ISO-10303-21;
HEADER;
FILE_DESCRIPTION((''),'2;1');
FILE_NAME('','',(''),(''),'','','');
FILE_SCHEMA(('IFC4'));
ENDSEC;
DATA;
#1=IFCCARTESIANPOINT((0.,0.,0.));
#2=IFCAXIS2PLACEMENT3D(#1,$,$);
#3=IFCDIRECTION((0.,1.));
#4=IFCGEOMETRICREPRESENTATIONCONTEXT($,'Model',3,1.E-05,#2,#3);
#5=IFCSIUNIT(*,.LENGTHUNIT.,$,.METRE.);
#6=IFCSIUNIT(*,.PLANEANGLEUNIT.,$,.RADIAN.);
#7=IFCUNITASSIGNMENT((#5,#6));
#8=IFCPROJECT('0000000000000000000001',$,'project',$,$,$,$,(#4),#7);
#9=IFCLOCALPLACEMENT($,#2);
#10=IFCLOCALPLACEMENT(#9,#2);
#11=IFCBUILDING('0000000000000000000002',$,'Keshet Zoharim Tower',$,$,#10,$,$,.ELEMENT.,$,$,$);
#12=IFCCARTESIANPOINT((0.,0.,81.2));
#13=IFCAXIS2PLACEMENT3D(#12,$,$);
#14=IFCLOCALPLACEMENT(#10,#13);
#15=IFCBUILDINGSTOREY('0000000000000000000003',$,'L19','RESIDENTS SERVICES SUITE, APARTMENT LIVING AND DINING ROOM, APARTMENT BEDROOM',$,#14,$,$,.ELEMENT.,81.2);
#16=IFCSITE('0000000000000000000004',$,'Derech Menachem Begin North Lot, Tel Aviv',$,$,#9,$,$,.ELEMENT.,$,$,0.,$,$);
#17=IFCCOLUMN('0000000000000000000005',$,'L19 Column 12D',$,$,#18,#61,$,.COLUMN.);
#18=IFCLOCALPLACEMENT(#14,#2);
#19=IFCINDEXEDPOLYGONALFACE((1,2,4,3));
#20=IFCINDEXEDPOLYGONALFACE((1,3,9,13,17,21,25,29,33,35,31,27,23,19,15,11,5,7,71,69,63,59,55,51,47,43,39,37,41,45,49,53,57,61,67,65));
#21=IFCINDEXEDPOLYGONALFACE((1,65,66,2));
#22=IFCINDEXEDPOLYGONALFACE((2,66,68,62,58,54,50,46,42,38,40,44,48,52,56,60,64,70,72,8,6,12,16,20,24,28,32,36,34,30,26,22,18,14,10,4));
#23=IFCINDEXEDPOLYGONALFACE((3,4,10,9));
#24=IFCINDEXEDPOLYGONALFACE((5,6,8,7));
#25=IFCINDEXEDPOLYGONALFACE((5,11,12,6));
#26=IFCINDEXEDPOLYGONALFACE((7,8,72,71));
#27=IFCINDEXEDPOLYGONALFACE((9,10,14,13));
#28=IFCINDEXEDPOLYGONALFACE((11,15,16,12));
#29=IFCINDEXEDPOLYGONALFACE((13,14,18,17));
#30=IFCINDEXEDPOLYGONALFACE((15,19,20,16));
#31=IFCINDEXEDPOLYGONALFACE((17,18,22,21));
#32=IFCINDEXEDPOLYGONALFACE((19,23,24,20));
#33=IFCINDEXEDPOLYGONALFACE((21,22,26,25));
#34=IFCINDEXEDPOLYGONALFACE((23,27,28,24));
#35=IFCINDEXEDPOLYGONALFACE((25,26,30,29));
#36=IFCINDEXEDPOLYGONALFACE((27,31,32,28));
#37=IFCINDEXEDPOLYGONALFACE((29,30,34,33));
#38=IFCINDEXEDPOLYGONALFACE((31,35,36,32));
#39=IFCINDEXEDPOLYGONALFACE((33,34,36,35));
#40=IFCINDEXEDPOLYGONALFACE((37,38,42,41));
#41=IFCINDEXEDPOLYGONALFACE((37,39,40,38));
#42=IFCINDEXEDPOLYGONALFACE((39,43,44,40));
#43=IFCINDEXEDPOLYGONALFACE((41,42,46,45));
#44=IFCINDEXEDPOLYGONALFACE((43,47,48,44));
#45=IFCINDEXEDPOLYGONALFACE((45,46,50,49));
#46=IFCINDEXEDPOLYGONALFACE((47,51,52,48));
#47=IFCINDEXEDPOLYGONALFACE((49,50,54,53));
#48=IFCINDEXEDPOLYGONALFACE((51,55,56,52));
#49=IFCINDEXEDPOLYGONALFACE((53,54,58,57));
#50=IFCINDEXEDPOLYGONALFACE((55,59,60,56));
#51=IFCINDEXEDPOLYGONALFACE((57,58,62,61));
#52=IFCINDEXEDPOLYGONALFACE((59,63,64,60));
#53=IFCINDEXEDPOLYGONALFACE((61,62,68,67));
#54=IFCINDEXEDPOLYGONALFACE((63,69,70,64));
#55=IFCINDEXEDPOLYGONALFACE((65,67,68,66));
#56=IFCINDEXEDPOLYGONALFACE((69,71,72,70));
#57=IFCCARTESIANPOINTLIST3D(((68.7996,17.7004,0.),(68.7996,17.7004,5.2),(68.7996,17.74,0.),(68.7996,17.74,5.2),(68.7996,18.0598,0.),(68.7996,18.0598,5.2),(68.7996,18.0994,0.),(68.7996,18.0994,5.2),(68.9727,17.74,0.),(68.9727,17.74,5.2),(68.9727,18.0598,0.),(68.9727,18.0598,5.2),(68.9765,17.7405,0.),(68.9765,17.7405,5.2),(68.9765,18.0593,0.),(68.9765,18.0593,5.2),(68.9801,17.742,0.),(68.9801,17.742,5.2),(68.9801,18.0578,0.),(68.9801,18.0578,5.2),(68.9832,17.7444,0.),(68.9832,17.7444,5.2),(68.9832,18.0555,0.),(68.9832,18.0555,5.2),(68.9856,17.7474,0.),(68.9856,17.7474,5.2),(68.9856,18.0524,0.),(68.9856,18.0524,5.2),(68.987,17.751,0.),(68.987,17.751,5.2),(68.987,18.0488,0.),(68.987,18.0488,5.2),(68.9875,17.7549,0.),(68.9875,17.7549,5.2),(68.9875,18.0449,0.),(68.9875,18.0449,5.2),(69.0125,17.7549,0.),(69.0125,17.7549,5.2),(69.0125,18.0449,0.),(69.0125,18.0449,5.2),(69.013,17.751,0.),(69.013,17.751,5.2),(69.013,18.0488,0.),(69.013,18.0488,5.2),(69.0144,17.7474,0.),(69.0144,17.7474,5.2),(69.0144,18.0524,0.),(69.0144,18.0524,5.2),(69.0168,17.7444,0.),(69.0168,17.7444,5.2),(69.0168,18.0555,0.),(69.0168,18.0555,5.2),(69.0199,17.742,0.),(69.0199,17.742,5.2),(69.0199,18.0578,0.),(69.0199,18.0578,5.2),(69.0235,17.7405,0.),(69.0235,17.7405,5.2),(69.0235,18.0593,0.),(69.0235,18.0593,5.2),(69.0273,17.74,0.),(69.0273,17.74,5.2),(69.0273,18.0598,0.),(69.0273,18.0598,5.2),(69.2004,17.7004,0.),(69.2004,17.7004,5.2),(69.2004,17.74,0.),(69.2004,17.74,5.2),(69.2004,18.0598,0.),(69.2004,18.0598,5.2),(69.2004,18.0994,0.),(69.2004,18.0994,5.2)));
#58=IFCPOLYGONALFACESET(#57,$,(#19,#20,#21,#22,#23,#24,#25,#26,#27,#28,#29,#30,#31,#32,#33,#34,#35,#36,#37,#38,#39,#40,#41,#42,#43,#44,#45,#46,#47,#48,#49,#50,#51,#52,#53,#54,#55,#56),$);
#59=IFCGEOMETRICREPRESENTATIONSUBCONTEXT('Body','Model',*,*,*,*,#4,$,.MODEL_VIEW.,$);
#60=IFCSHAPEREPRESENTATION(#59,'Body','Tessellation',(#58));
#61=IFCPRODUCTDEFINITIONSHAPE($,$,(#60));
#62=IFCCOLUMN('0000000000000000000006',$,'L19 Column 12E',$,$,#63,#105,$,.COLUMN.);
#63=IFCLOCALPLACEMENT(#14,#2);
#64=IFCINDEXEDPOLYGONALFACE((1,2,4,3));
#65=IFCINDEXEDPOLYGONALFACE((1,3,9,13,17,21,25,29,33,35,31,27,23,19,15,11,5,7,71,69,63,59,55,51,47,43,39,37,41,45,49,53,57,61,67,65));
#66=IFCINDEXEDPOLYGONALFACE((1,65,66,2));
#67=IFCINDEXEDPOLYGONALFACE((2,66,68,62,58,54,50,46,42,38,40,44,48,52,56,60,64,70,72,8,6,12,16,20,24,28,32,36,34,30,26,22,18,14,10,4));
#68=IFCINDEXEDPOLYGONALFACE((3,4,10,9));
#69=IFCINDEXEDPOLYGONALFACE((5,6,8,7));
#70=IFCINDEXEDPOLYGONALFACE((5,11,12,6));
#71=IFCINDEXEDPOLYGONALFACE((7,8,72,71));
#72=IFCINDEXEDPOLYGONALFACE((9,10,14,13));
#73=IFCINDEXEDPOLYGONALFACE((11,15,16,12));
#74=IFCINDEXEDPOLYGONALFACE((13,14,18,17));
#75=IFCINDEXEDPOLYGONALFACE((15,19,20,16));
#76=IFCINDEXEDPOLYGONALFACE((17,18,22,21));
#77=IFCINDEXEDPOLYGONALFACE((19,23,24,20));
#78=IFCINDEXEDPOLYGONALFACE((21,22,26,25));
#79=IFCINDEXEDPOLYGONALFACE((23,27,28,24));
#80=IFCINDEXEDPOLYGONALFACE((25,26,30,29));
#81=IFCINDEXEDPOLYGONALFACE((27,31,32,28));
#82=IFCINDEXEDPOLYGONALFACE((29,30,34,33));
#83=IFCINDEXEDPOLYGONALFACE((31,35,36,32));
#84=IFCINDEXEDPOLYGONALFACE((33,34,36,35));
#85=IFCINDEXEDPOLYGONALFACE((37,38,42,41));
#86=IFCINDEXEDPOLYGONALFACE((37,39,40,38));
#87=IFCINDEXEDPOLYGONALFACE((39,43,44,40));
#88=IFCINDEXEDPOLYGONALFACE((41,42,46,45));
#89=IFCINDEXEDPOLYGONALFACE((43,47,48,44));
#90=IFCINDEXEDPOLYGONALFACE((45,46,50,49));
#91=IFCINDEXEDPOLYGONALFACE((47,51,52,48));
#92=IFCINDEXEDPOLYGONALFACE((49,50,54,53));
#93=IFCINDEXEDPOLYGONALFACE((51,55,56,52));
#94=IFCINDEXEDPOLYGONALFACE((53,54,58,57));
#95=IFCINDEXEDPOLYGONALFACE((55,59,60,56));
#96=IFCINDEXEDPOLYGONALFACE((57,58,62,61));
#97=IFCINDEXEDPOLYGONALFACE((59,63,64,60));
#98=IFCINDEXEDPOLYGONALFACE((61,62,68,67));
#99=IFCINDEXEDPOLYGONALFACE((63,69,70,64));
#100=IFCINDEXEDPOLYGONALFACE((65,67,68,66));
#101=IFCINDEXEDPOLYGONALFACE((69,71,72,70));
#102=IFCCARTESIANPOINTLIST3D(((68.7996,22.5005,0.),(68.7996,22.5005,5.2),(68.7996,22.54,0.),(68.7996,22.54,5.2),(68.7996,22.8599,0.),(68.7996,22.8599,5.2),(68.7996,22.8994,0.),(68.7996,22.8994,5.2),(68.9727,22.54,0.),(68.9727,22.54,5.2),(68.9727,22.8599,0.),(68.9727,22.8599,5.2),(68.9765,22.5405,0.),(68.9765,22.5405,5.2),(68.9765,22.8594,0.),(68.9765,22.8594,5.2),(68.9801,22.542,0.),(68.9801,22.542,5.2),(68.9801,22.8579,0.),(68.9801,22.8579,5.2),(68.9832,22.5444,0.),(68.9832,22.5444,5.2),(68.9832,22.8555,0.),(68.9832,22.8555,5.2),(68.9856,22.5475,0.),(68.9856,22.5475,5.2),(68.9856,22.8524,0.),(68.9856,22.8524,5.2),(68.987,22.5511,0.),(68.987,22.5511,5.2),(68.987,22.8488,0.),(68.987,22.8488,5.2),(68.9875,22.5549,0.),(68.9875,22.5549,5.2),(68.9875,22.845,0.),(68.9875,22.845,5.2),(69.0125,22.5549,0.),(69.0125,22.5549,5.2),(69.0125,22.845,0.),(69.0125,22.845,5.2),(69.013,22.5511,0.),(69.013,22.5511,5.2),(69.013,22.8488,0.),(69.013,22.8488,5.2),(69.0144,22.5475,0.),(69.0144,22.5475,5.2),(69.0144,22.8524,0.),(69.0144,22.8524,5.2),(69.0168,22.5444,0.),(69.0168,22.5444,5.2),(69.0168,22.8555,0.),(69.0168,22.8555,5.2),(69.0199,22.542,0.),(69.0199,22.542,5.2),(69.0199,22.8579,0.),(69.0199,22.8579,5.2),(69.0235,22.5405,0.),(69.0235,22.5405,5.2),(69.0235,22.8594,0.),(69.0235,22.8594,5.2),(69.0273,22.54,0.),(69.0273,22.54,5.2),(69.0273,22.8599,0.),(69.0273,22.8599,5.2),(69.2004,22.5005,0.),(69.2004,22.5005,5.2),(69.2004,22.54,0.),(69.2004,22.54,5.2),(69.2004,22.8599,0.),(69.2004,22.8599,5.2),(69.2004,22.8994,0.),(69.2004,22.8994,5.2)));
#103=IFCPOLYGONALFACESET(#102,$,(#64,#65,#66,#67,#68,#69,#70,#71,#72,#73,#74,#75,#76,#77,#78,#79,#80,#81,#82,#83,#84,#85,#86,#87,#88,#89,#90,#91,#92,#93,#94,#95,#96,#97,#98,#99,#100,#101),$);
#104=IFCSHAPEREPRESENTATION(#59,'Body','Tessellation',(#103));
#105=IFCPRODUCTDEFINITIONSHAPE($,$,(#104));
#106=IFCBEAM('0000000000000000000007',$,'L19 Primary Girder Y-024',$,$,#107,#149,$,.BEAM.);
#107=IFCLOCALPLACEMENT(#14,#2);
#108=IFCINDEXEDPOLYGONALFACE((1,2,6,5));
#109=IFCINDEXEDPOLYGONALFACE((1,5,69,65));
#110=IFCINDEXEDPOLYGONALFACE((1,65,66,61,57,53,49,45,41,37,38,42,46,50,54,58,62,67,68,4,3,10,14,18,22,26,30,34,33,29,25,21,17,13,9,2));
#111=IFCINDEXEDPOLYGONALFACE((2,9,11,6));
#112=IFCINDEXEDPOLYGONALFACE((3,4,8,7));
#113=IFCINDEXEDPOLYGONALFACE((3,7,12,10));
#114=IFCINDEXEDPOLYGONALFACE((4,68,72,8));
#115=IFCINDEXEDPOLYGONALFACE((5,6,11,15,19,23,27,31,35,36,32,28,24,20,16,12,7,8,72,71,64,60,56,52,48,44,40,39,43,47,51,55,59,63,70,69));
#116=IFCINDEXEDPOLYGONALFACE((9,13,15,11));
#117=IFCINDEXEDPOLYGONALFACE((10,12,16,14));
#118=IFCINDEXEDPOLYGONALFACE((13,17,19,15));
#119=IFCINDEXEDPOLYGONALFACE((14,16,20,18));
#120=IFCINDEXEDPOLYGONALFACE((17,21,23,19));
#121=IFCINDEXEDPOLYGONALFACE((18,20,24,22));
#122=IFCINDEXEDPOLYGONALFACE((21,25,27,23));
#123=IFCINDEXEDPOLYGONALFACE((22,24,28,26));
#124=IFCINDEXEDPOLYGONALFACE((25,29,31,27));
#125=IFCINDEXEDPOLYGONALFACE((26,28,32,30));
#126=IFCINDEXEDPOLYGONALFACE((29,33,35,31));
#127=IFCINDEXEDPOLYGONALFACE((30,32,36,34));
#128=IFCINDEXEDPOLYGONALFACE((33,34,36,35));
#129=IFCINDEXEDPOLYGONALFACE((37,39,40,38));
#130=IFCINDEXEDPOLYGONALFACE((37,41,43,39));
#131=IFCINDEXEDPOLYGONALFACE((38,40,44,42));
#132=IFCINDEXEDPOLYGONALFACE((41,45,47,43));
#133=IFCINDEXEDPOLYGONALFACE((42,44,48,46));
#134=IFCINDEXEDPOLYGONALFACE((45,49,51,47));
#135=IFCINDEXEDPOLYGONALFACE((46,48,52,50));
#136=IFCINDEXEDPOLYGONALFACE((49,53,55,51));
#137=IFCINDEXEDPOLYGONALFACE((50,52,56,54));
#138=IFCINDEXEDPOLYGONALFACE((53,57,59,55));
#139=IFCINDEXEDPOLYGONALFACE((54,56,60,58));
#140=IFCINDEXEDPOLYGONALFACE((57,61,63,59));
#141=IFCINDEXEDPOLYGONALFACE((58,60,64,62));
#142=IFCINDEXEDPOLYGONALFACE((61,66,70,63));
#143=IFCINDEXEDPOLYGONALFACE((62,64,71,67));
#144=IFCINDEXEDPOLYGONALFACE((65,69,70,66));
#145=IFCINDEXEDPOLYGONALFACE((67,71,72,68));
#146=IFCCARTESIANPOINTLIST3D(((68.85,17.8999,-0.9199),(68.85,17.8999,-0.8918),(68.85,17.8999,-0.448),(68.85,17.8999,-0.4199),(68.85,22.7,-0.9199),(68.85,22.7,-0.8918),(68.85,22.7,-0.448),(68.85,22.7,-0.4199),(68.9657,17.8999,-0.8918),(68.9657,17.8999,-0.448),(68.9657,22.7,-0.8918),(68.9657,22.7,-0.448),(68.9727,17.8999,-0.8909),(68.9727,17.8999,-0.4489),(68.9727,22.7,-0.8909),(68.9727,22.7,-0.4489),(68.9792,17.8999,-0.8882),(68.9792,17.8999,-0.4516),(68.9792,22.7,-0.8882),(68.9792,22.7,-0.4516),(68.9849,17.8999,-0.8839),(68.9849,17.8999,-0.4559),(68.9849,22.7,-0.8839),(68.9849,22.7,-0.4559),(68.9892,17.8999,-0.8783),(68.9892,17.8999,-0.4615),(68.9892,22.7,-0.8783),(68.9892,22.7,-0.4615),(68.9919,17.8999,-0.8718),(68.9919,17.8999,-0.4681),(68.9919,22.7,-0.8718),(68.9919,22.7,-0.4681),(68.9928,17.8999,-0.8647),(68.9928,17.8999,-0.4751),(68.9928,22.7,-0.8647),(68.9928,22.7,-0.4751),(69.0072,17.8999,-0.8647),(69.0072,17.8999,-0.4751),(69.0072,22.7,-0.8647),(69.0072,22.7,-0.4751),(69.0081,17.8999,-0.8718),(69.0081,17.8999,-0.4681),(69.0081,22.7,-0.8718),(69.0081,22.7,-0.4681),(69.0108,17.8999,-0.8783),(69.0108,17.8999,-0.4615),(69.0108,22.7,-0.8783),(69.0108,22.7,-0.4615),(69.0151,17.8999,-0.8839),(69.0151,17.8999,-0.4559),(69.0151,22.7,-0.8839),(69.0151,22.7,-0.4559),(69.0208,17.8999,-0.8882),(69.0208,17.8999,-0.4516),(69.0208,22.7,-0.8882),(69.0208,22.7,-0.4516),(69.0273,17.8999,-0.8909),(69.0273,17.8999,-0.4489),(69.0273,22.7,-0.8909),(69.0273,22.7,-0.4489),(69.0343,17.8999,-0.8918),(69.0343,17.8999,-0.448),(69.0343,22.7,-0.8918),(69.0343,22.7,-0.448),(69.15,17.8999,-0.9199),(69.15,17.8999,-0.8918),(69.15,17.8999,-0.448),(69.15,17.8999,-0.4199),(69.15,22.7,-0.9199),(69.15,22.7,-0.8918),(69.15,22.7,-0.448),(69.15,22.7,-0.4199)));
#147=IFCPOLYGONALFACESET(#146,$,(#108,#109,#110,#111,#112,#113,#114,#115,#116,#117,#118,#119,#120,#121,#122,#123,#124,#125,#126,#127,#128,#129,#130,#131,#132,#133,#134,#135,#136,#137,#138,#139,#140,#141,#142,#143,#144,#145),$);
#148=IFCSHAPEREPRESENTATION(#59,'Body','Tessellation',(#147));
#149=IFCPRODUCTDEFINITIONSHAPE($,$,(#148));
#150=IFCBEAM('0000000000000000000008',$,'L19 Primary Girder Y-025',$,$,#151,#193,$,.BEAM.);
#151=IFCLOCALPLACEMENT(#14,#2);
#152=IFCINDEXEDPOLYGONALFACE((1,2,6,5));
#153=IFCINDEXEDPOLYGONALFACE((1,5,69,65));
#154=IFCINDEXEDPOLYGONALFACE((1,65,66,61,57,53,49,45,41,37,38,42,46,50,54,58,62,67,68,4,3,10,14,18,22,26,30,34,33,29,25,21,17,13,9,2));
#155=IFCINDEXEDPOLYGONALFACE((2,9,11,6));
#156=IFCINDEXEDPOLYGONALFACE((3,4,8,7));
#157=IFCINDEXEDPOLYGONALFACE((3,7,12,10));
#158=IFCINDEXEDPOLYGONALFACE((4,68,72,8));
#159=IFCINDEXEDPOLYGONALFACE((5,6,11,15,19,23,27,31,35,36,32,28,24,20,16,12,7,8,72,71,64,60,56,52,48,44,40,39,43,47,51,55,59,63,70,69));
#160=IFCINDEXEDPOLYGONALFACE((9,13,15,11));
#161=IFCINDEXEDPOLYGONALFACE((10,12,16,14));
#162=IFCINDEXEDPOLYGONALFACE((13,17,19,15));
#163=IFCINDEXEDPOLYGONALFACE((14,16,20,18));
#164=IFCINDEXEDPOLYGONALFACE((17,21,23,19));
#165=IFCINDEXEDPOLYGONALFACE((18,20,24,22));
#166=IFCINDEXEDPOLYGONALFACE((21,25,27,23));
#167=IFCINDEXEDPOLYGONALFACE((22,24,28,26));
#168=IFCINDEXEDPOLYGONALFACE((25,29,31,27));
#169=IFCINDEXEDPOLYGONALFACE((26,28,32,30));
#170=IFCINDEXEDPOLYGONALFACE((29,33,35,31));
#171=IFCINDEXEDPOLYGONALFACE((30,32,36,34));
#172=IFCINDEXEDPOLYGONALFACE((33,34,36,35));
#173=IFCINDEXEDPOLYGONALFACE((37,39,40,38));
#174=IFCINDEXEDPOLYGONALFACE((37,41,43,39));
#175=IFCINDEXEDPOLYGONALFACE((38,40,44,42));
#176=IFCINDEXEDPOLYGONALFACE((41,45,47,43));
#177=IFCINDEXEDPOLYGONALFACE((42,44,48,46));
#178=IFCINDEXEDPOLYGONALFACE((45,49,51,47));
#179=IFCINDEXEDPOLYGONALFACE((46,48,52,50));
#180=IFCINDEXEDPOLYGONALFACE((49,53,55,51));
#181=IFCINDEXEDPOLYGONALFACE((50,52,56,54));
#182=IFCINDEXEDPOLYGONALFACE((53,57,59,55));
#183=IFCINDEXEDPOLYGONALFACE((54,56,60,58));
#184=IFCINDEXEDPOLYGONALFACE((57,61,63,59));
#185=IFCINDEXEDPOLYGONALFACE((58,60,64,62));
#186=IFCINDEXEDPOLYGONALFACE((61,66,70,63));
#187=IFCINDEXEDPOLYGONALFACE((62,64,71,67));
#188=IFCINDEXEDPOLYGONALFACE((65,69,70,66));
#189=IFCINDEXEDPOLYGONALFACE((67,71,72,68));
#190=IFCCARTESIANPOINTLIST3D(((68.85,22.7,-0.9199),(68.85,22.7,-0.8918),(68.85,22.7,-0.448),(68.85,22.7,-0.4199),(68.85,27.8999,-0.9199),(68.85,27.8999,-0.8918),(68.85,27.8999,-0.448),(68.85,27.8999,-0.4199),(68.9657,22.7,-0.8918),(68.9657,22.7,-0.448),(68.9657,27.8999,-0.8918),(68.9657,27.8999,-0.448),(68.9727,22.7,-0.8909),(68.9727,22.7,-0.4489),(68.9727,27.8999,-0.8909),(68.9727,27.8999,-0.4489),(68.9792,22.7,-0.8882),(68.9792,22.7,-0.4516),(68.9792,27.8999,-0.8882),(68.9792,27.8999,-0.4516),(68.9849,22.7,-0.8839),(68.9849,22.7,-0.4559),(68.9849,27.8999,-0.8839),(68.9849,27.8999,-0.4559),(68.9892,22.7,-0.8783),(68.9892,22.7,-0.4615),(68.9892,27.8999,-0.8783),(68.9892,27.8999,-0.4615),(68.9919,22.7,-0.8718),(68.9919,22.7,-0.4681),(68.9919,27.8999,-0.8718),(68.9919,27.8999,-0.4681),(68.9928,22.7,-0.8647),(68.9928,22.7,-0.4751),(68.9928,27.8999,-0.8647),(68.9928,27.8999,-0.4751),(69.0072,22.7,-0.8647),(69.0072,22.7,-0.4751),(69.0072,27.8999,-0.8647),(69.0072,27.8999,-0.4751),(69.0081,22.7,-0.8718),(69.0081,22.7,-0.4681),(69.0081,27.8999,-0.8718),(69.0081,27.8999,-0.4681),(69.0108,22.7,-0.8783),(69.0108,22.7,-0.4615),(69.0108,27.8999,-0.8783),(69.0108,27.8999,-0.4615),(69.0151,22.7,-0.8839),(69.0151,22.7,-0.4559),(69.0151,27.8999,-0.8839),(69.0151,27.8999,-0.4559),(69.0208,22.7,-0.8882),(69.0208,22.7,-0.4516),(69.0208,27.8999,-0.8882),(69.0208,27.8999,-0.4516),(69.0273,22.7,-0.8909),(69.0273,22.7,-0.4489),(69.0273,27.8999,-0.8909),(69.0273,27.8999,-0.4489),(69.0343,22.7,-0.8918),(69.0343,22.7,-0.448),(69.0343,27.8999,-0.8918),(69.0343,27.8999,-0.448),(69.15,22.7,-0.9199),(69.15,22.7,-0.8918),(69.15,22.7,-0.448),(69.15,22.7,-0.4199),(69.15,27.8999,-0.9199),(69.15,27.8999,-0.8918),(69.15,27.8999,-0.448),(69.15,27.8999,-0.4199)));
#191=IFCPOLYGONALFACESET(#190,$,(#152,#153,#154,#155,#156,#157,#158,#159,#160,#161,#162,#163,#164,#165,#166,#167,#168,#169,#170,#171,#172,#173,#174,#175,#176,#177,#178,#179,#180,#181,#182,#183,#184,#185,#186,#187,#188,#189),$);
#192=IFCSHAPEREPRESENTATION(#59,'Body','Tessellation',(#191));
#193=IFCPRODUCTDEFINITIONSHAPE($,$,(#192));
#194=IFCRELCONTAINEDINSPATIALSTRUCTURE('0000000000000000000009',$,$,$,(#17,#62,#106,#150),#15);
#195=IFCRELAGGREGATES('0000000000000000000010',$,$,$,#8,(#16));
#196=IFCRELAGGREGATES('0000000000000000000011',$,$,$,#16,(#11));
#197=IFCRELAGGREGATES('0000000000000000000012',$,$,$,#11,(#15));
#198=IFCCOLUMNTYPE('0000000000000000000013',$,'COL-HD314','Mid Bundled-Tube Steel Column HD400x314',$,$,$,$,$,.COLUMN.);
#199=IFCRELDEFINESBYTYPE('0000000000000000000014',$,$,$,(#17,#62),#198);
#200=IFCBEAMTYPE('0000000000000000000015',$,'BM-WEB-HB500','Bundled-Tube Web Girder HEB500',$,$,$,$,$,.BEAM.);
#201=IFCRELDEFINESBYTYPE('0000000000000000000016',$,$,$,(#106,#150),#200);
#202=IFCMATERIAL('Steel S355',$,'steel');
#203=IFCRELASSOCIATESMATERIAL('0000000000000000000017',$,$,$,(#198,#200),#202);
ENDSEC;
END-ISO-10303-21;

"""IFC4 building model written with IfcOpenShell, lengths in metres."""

from ifc_helpers import new_model, si_unit, direction, frame, origin, origin_2d, place, context, subcontext, project, spatial, i_section, extrude, material, material_profile, profile_set, type_object, element, save


model = new_model("IFC4")

# Units and contexts
model_context = context("Model", 3, precision=1e-05, world=origin(), true_north=direction((0.0, 1.0)))
body_context = subcontext(model_context, "Body", "Model", "MODEL_VIEW")
ifc_project = project(units=[si_unit("LENGTHUNIT", "METRE"), si_unit("PLANEANGLEUNIT", "RADIAN")], contexts=[model_context])

# Site, building, storey
site_placement = place(None, origin())
site = spatial("IfcSite", under=ifc_project, at=site_placement, Name="Derech Menachem Begin North Lot, Tel Aviv", CompositionType="ELEMENT", RefElevation=0.0)
building_placement = place(site_placement, origin())
building = spatial("IfcBuilding", under=site, at=building_placement, Name="Keshet Zoharim Tower", CompositionType="ELEMENT")
storey_placement = place(building_placement, frame((0.0, 0.0, 81.2)))
storey = spatial("IfcBuildingStorey", under=building, at=storey_placement, Name="L19", Description="RESIDENTS SERVICES SUITE, APARTMENT LIVING AND DINING ROOM, APARTMENT BEDROOM", CompositionType="ELEMENT", Elevation=81.2)

# Columns
ifc_material_1 = material(Name="Steel S355", Category="steel")
ifc_material_profile_1 = material_profile(ifc_material_1, i_section(OverallWidth=0.4009, OverallDepth=0.3989, WebThickness=0.0249, FlangeThickness=0.0396, FilletRadius=0.0149, at=origin_2d()), Name="HD400x314")
ifc_profile_set_1 = profile_set([ifc_material_profile_1], Name="Steel S355")
column_type = type_object("IfcColumnType", Name="COL-HD314", Description="Mid Bundled-Tube Steel Column HD400x314", PredefinedType="COLUMN", material=ifc_profile_set_1)
for number, where, z_axis, x_axis, name in (
    (1, (69.0, 17.8999, 0.0), (0.0, 0.0, 1.0), (1.0, 0.0, 0.0), "L19 Column 12D"),
    (2, (69.0, 22.7, 0.0), (0.0, 0.0, 1.0), (1.0, 0.0, 0.0), "L19 Column 12E"),
):
    element("IfcColumn", number, at=place(storey_placement, frame(where, z_axis=z_axis, x_axis=x_axis)), inside=storey, type_object=column_type, Name=name, PredefinedType="COLUMN", context=body_context, shape_type="SweptSolid", body=[
        extrude(i_section(OverallWidth=0.4009, OverallDepth=0.3989, WebThickness=0.0249, FlangeThickness=0.0396, FilletRadius=0.0149, at=origin_2d()), origin(), (0.0, 0.0, 1.0), 5.2),
    ])

# Beams
ifc_material_profile_2 = material_profile(ifc_material_1, i_section(OverallWidth=0.3, OverallDepth=0.5, WebThickness=0.0144, FlangeThickness=0.0281, FilletRadius=0.0271, at=origin_2d()), Name="HEB500")
ifc_profile_set_2 = profile_set([ifc_material_profile_2], Name="Steel S355")
beam_type = type_object("IfcBeamType", Name="BM-WEB-HB500", Description="Bundled-Tube Web Girder HEB500", PredefinedType="BEAM", material=ifc_profile_set_2)
beam_1_placement = place(storey_placement, frame((69.0, 17.8999, -0.6699), z_axis=(0.0, 1.0, 0.0), x_axis=(-1.0, 0.0, 0.0)))
element("IfcBeam", 3, at=beam_1_placement, inside=storey, type_object=beam_type, Name="L19 Primary Girder Y-024", PredefinedType="BEAM", context=body_context, shape_type="SweptSolid", body=[
    extrude(i_section(OverallWidth=0.3, OverallDepth=0.5, WebThickness=0.0144, FlangeThickness=0.0281, FilletRadius=0.0271, at=origin_2d()), origin(), (0.0, 0.0, 1.0), 4.8),
])
beam_2_placement = place(storey_placement, frame((69.0, 22.7, -0.6699), z_axis=(0.0, 1.0, 0.0), x_axis=(-1.0, 0.0, 0.0)))
element("IfcBeam", 4, at=beam_2_placement, inside=storey, type_object=beam_type, Name="L19 Primary Girder Y-025", PredefinedType="BEAM", context=body_context, shape_type="SweptSolid", body=[
    extrude(i_section(OverallWidth=0.3, OverallDepth=0.5, WebThickness=0.0144, FlangeThickness=0.0281, FilletRadius=0.0271, at=origin_2d()), origin(), (0.0, 0.0, 1.0), 5.2),
])

save(model, "model.ifc")
